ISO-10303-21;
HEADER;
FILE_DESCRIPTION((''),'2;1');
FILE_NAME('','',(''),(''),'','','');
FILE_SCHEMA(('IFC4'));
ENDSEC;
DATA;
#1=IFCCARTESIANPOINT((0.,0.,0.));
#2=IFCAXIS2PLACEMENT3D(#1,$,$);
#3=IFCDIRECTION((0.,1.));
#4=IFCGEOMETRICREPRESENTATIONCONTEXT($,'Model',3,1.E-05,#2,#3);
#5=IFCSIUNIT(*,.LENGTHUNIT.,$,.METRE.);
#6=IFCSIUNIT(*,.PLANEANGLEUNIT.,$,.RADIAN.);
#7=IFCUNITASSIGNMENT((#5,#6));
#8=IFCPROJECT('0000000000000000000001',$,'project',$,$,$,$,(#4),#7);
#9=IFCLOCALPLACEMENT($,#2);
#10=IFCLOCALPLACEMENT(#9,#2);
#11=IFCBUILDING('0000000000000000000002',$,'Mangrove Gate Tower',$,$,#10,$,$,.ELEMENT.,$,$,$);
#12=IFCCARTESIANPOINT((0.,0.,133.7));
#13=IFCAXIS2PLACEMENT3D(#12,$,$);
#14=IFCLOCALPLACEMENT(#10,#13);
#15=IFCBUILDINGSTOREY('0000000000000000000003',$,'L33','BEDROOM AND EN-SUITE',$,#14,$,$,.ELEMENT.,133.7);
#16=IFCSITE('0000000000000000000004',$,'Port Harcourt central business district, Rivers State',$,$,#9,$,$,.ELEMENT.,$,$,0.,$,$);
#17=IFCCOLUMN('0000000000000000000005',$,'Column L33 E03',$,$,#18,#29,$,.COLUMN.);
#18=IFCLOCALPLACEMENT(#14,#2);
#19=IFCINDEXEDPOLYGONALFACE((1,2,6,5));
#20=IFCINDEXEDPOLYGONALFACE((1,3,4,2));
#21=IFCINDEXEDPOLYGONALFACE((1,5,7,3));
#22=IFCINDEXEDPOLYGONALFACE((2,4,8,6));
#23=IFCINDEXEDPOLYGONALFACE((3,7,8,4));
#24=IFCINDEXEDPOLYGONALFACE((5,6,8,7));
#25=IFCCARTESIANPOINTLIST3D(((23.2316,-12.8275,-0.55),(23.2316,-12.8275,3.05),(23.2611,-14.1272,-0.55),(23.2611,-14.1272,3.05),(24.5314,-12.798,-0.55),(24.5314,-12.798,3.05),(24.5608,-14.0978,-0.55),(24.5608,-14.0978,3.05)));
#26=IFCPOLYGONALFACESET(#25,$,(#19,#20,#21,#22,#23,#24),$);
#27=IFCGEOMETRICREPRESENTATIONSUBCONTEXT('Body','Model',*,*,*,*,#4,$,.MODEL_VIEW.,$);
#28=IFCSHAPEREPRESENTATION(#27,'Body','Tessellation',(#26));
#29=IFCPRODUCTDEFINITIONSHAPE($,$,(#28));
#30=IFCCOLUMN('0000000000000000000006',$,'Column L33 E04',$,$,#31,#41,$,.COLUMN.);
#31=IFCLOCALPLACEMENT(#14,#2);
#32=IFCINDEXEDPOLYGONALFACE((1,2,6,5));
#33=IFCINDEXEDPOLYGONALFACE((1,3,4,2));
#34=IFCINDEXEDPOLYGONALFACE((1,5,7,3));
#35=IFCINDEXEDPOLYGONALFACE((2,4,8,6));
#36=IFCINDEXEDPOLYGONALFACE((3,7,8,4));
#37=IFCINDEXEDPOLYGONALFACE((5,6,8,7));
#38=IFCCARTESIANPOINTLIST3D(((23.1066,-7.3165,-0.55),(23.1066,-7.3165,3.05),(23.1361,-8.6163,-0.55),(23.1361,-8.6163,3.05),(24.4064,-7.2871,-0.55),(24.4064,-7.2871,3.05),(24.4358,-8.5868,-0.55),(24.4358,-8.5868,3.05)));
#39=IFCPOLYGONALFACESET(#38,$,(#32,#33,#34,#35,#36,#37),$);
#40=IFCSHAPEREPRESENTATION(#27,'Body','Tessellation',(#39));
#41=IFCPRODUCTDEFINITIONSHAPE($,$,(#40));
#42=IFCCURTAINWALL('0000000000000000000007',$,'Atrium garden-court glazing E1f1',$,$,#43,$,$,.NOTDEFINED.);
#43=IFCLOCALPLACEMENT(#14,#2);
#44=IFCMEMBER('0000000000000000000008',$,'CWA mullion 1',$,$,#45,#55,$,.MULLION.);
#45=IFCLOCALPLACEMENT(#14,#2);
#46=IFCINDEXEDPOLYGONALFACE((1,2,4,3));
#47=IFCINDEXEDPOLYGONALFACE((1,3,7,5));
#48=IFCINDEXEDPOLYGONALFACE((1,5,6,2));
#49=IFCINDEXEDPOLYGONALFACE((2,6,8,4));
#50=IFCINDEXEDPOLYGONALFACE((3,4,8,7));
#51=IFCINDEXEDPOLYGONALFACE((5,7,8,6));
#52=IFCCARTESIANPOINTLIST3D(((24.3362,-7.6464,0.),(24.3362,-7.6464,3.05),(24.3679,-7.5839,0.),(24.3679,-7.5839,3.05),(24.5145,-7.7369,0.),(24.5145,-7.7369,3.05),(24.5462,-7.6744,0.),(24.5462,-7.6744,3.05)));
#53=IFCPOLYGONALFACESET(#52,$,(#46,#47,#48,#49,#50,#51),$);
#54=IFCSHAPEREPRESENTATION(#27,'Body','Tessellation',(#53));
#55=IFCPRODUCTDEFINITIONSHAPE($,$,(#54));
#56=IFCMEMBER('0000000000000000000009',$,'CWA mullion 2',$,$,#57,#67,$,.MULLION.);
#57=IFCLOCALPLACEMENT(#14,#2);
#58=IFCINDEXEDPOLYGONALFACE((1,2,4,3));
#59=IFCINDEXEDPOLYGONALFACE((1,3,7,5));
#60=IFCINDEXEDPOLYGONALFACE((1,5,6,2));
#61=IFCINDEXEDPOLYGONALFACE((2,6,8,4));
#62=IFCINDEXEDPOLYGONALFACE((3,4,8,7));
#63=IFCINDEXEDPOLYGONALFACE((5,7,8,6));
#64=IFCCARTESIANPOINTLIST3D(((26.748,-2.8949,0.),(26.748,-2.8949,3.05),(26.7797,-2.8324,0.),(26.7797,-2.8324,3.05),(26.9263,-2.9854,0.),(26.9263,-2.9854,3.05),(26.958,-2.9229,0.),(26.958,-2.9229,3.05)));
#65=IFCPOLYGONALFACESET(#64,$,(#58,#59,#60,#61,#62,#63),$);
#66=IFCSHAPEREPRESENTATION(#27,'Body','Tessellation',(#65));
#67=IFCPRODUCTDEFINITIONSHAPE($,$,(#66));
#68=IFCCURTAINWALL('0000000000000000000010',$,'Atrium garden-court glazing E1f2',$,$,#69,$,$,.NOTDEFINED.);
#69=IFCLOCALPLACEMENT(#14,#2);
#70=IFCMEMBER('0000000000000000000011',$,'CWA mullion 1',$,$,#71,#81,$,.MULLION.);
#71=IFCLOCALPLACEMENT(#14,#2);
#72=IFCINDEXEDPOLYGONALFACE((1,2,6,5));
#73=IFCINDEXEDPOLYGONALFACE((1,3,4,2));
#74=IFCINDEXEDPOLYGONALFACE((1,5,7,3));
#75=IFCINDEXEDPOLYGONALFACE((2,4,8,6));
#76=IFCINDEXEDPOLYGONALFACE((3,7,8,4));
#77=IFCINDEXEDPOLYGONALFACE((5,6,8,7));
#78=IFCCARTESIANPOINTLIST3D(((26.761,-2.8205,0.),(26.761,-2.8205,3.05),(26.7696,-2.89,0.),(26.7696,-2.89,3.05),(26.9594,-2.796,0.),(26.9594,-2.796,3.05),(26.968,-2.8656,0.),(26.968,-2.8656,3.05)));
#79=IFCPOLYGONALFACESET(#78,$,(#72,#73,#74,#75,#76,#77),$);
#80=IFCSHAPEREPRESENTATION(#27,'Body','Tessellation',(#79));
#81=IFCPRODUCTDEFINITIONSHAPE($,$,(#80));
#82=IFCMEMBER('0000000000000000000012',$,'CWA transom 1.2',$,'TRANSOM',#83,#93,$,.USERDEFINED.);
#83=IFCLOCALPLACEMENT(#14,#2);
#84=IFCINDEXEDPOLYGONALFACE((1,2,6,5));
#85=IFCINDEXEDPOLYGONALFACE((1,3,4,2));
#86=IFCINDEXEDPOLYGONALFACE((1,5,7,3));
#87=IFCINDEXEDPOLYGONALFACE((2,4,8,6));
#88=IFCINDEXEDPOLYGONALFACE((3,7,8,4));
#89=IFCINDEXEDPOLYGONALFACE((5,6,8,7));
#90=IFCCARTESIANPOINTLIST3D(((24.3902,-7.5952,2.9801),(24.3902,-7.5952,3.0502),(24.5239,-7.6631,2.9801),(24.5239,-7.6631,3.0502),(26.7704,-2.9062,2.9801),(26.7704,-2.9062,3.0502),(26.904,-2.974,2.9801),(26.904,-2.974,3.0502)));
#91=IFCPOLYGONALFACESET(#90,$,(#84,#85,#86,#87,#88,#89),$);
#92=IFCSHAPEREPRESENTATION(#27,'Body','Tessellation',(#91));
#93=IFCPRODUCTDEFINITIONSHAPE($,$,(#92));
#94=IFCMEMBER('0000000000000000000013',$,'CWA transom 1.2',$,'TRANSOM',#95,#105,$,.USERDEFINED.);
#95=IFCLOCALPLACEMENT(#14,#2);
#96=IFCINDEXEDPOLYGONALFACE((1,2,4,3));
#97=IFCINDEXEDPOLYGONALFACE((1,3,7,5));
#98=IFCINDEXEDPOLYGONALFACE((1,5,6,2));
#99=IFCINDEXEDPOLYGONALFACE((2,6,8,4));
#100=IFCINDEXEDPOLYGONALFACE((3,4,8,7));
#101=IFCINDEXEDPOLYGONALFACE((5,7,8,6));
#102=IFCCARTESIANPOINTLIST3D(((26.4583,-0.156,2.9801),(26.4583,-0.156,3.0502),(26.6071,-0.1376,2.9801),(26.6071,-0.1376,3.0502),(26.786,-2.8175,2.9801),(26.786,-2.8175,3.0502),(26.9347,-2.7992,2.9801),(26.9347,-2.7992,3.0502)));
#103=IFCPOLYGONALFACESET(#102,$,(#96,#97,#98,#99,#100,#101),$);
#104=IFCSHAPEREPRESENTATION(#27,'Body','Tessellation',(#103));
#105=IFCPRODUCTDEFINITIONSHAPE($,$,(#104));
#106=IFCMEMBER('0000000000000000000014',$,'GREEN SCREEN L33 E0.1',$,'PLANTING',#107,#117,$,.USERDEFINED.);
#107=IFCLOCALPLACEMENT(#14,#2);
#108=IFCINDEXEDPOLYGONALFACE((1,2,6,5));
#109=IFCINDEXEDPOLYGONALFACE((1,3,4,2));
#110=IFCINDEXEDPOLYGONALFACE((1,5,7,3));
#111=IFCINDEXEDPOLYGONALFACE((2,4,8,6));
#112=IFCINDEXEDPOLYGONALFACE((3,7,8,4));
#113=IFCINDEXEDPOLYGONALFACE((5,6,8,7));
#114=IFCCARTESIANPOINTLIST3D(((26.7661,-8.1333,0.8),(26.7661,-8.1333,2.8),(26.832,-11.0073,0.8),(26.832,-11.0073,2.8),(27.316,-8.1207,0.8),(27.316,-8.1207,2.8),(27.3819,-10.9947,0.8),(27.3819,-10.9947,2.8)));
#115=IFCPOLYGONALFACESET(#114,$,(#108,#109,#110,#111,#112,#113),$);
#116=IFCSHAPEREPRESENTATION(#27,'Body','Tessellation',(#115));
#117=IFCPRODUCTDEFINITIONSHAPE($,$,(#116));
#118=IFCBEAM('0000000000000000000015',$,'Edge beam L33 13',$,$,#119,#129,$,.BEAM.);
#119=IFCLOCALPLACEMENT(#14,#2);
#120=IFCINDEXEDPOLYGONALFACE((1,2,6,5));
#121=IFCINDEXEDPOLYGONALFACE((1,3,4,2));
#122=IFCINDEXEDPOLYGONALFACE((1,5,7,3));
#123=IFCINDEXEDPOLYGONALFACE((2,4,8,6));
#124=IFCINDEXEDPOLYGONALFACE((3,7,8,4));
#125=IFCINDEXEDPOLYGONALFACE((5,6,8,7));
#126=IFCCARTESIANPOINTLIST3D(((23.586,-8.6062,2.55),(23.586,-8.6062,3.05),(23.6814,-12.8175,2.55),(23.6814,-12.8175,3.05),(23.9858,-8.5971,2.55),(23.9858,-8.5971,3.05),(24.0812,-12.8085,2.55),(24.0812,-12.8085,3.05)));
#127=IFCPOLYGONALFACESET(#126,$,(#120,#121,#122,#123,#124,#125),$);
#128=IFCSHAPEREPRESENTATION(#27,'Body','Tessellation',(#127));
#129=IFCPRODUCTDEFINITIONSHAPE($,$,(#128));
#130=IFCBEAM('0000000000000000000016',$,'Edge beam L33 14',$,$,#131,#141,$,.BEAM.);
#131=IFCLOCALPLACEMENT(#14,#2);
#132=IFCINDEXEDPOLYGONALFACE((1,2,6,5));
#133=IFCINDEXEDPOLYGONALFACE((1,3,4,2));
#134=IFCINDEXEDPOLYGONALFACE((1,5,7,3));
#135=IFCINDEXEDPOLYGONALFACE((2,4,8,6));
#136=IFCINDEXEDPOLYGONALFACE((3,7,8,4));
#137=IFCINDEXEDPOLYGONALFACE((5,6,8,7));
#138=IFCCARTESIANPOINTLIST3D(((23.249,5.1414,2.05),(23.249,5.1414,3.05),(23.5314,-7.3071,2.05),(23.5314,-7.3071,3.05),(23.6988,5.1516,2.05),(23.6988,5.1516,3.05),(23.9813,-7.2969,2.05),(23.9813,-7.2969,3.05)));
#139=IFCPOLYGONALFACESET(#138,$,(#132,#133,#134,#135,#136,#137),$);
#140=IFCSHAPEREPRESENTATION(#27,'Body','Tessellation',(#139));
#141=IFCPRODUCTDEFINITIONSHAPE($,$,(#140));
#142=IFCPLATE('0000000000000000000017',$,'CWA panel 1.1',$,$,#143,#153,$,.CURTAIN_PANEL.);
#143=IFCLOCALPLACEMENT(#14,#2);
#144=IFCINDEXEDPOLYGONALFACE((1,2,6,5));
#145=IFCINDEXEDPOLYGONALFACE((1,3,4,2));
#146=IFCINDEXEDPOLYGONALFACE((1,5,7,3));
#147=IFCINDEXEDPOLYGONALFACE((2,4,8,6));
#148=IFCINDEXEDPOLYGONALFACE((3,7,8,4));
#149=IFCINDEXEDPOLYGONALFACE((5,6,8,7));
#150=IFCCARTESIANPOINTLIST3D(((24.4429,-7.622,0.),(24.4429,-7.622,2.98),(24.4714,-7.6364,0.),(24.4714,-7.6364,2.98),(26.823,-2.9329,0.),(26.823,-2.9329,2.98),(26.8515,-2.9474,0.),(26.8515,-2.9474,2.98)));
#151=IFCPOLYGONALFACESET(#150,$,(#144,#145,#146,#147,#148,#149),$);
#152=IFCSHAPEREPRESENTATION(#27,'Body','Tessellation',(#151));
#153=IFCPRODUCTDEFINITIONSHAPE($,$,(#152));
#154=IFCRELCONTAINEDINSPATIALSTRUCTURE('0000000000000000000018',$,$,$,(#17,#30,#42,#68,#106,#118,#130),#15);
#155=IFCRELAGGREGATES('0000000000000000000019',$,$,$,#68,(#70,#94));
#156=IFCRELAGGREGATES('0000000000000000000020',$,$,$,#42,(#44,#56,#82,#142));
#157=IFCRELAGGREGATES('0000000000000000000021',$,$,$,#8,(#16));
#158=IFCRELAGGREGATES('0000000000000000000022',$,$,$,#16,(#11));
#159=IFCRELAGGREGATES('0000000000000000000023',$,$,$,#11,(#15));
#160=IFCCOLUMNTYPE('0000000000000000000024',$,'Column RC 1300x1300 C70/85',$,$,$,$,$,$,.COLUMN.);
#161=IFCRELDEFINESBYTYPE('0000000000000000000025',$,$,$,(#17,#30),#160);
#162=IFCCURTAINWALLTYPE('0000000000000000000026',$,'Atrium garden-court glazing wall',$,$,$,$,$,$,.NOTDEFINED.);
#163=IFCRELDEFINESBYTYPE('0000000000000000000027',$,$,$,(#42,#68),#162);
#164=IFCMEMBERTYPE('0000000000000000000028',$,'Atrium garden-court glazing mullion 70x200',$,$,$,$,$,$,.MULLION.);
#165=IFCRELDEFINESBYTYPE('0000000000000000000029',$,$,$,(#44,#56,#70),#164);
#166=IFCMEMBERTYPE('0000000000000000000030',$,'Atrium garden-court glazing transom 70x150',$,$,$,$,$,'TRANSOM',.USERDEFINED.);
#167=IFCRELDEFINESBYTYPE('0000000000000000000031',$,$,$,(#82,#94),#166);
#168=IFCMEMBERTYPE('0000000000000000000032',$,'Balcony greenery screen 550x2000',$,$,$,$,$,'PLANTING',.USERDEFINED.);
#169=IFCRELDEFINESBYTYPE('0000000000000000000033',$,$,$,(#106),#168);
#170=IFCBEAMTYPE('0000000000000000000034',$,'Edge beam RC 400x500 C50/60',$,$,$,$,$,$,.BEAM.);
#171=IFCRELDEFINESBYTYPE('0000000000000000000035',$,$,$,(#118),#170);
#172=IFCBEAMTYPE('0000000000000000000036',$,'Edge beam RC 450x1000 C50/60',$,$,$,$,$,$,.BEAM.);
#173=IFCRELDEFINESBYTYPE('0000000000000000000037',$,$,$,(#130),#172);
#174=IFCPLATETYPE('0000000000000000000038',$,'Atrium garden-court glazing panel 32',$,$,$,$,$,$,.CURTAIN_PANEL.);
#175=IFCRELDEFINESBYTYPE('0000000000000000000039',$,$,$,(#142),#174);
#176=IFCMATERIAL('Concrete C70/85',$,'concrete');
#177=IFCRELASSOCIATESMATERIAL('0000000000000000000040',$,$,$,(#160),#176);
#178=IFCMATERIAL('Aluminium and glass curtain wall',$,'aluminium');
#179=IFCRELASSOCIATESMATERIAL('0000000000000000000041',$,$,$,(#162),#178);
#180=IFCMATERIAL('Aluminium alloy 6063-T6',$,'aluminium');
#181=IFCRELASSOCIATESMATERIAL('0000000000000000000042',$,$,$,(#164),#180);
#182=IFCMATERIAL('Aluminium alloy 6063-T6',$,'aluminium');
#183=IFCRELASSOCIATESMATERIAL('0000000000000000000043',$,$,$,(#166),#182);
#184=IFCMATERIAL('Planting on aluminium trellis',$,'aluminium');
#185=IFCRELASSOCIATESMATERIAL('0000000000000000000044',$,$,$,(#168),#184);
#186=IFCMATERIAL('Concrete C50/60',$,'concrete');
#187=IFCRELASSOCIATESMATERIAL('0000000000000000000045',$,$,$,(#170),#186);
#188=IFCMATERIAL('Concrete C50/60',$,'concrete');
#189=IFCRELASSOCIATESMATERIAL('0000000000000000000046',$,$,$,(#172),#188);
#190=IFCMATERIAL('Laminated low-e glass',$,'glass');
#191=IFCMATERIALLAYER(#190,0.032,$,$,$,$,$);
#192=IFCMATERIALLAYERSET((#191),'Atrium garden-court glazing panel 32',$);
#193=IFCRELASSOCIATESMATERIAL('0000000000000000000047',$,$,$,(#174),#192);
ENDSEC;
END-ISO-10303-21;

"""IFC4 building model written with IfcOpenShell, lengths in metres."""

from ifc_helpers import new_model, si_unit, direction, frame, origin, origin_2d, place, context, subcontext, project, spatial, rectangle, extrude, material, layer, layer_set, material_profile, profile_set, type_object, element, aggregate, save


model = new_model("IFC4")

# Units and contexts
model_context = context("Model", 3, precision=1e-05, world=origin(), true_north=direction((0.0, 1.0)))
body_context = subcontext(model_context, "Body", "Model", "MODEL_VIEW")
ifc_project = project(units=[si_unit("LENGTHUNIT", "METRE"), si_unit("PLANEANGLEUNIT", "RADIAN")], contexts=[model_context])

# Site, building, storey
site_placement = place(None, origin())
site = spatial("IfcSite", under=ifc_project, at=site_placement, Name="Port Harcourt central business district, Rivers State", CompositionType="ELEMENT", RefElevation=0.0)
building_placement = place(site_placement, origin())
building = spatial("IfcBuilding", under=site, at=building_placement, Name="Mangrove Gate Tower", CompositionType="ELEMENT")
storey_placement = place(building_placement, frame((0.0, 0.0, 133.7)))
storey = spatial("IfcBuildingStorey", under=building, at=storey_placement, Name="L33", Description="BEDROOM AND EN-SUITE", CompositionType="ELEMENT", Elevation=133.7)

# Columns
ifc_material_1 = material(Name="Concrete C70/85", Category="concrete")
ifc_material_profile_1 = material_profile(ifc_material_1, rectangle(XDim=1.3, YDim=1.3, at=origin_2d()))
ifc_profile_set_1 = profile_set([ifc_material_profile_1], Name="Concrete C70/85")
column_type = type_object("IfcColumnType", Name="Column RC 1300x1300 C70/85", PredefinedType="COLUMN", material=ifc_profile_set_1)
for number, where, z_axis, x_axis, name in (
    (1, (23.8962, -13.4626, -0.55), (0.0, 0.0, 1.0), (-0.022678, 0.999743, 0.0), "Column L33 E03"),
    (2, (23.7712, -7.9517, -0.55), (0.0, 0.0, 1.0), (-0.022685, 0.999743, 0.0), "Column L33 E04"),
):
    element("IfcColumn", number, at=place(storey_placement, frame(where, z_axis=z_axis, x_axis=x_axis)), inside=storey, type_object=column_type, Name=name, PredefinedType="COLUMN", context=body_context, shape_type="SweptSolid", body=[
        extrude(rectangle(XDim=1.3, YDim=1.3, at=origin_2d()), origin(), (0.0, 0.0, 1.0), 3.6001),
    ])

# Curtain wall, members
ifc_material_2 = material(Name="Aluminium and glass curtain wall", Category="aluminium")
curtain_wall_type = type_object("IfcCurtainWallType", Name="Atrium garden-court glazing wall", PredefinedType="NOTDEFINED", material=ifc_material_2)
curtain_wall_1_placement = place(storey_placement, origin())
curtain_wall_1 = element("IfcCurtainWall", 3, at=curtain_wall_1_placement, inside=storey, type_object=curtain_wall_type, Name="Atrium garden-court glazing E1f1", PredefinedType="NOTDEFINED")
ifc_material_3 = material(Name="Aluminium alloy 6063-T6", Category="aluminium")
ifc_material_profile_2 = material_profile(ifc_material_3, rectangle(XDim=0.0701, YDim=0.2, at=origin_2d()))
ifc_profile_set_2 = profile_set([ifc_material_profile_2], Name="Aluminium alloy 6063-T6")
member_type_1 = type_object("IfcMemberType", Name="Atrium garden-court glazing mullion 70x200", PredefinedType="MULLION", material=ifc_profile_set_2)
member_1_placement = place(storey_placement, frame((24.4412, -7.6604, 0.0), z_axis=(0.0, 0.0, 1.0), x_axis=(0.452615, 0.891706, 0.0)))
member_1 = element("IfcMember", 4, at=member_1_placement, type_object=member_type_1, Name="CWA mullion 1", PredefinedType="MULLION", context=body_context, shape_type="SweptSolid", body=[
    extrude(rectangle(XDim=0.0701, YDim=0.2, at=origin_2d()), origin(), (0.0, 0.0, 1.0), 3.05),
])
member_2_placement = place(storey_placement, frame((26.853, -2.9089, 0.0), z_axis=(0.0, 0.0, 1.0), x_axis=(0.452615, 0.891706, 0.0)))
member_2 = element("IfcMember", 5, at=member_2_placement, type_object=member_type_1, Name="CWA mullion 2", PredefinedType="MULLION", context=body_context, shape_type="SweptSolid", body=[
    extrude(rectangle(XDim=0.0701, YDim=0.2, at=origin_2d()), origin(), (0.0, 0.0, 1.0), 3.05),
])

# Curtain wall, member
curtain_wall_2_placement = place(storey_placement, origin())
curtain_wall_2 = element("IfcCurtainWall", 6, at=curtain_wall_2_placement, inside=storey, type_object=curtain_wall_type, Name="Atrium garden-court glazing E1f2", PredefinedType="NOTDEFINED")
member_3_placement = place(storey_placement, frame((26.8645, -2.843, 0.0), z_axis=(0.0, 0.0, 1.0), x_axis=(-0.122172, 0.992509, 0.0)))
member_3 = element("IfcMember", 7, at=member_3_placement, type_object=member_type_1, Name="CWA mullion 1", PredefinedType="MULLION", context=body_context, shape_type="SweptSolid", body=[
    extrude(rectangle(XDim=0.0701, YDim=0.2, at=origin_2d()), origin(), (0.0, 0.0, 1.0), 3.05),
])

# Members
ifc_material_4 = material(Name="Aluminium alloy 6063-T6", Category="aluminium")
ifc_material_profile_3 = material_profile(ifc_material_4, rectangle(XDim=0.0701, YDim=0.1499, at=origin_2d()))
ifc_profile_set_3 = profile_set([ifc_material_profile_3], Name="Aluminium alloy 6063-T6")
member_type_2 = type_object("IfcMemberType", Name="Atrium garden-court glazing transom 70x150", ElementType="TRANSOM", PredefinedType="USERDEFINED", material=ifc_profile_set_3)
member_4_placement = place(storey_placement, frame((24.457, -7.6292, 3.0151), z_axis=(0.452628, 0.891699, 0.0), x_axis=(0.0, 0.0, 1.0)))
member_4 = element("IfcMember", 8, at=member_4_placement, type_object=member_type_2, Name="CWA transom 1.2", ObjectType="TRANSOM", PredefinedType="USERDEFINED", context=body_context, shape_type="SweptSolid", body=[
    extrude(rectangle(XDim=0.0701, YDim=0.1499, at=origin_2d()), origin(), (0.0, 0.0, 1.0), 5.2585),
])
member_5_placement = place(storey_placement, frame((26.8604, -2.8083, 3.0151), z_axis=(-0.122175, 0.992509, 0.0), x_axis=(0.0, 0.0, 1.0)))
member_5 = element("IfcMember", 9, at=member_5_placement, type_object=member_type_2, Name="CWA transom 1.2", ObjectType="TRANSOM", PredefinedType="USERDEFINED", context=body_context, shape_type="SweptSolid", body=[
    extrude(rectangle(XDim=0.0701, YDim=0.1499, at=origin_2d()), origin(), (0.0, 0.0, 1.0), 2.6816),
])
aggregate(curtain_wall_2, [member_3, member_5])
ifc_material_5 = material(Name="Planting on aluminium trellis", Category="aluminium")
ifc_material_profile_4 = material_profile(ifc_material_5, rectangle(XDim=0.55, YDim=2.0, at=origin_2d()))
ifc_profile_set_4 = profile_set([ifc_material_profile_4], Name="Planting on aluminium trellis")
member_type_3 = type_object("IfcMemberType", Name="Balcony greenery screen 550x2000", ElementType="PLANTING", PredefinedType="USERDEFINED", material=ifc_profile_set_4)
member_6_placement = place(storey_placement, frame((27.1069, -11.001, 1.8), z_axis=(-0.02293, 0.999737, 0.0), x_axis=(-0.999737, -0.02293, 0.0)))
element("IfcMember", 10, at=member_6_placement, inside=storey, type_object=member_type_3, Name="GREEN SCREEN L33 E0.1", ObjectType="PLANTING", PredefinedType="USERDEFINED", context=body_context, shape_type="SweptSolid", body=[
    extrude(rectangle(XDim=0.55, YDim=2.0, at=origin_2d()), origin(), (0.0, 0.0, 1.0), 2.8748),
])

# Beams
ifc_material_6 = material(Name="Concrete C50/60", Category="concrete")
ifc_material_profile_5 = material_profile(ifc_material_6, rectangle(XDim=0.3999, YDim=0.5, at=origin_2d()))
ifc_profile_set_5 = profile_set([ifc_material_profile_5], Name="Concrete C50/60")
beam_type_1 = type_object("IfcBeamType", Name="Edge beam RC 400x500 C50/60", PredefinedType="BEAM", material=ifc_profile_set_5)
beam_1_placement = place(storey_placement, frame((23.8813, -12.813, 2.8), z_axis=(-0.022661, 0.999743, 0.0), x_axis=(-0.999743, -0.022661, 0.0)))
element("IfcBeam", 11, at=beam_1_placement, inside=storey, type_object=beam_type_1, Name="Edge beam L33 13", PredefinedType="BEAM", context=body_context, shape_type="SweptSolid", body=[
    extrude(rectangle(XDim=0.3999, YDim=0.5, at=origin_2d()), origin(), (0.0, 0.0, 1.0), 4.2124),
])
ifc_material_7 = material(Name="Concrete C50/60", Category="concrete")
ifc_material_profile_6 = material_profile(ifc_material_7, rectangle(XDim=0.45, YDim=1.0, at=origin_2d()))
ifc_profile_set_6 = profile_set([ifc_material_profile_6], Name="Concrete C50/60")
beam_type_2 = type_object("IfcBeamType", Name="Edge beam RC 450x1000 C50/60", PredefinedType="BEAM", material=ifc_profile_set_6)
beam_2_placement = place(storey_placement, frame((23.7563, -7.302, 2.55), z_axis=(-0.022685, 0.999743, 0.0), x_axis=(-0.999743, -0.022685, 0.0)))
element("IfcBeam", 12, at=beam_2_placement, inside=storey, type_object=beam_type_2, Name="Edge beam L33 14", PredefinedType="BEAM", context=body_context, shape_type="SweptSolid", body=[
    extrude(rectangle(XDim=0.45, YDim=1.0, at=origin_2d()), origin(), (0.0, 0.0, 1.0), 12.4517),
])

# Plate
ifc_material_8 = material(Name="Laminated low-e glass", Category="glass")
ifc_layer_1 = layer(ifc_material_8, 0.032)
ifc_layer_set_1 = layer_set([ifc_layer_1], Name="Atrium garden-court glazing panel 32")
plate_type = type_object("IfcPlateType", Name="Atrium garden-court glazing panel 32", PredefinedType="CURTAIN_PANEL", material=ifc_layer_set_1)
plate_placement = place(storey_placement, frame((25.6472, -5.2847, 0.0), z_axis=(0.0, 0.0, 1.0), x_axis=(0.452615, 0.891706, 0.0)))
plate = element("IfcPlate", 13, at=plate_placement, type_object=plate_type, Name="CWA panel 1.1", PredefinedType="CURTAIN_PANEL", context=body_context, shape_type="SweptSolid", body=[
    extrude(rectangle(XDim=5.2585, YDim=0.032, at=origin_2d()), origin(), (0.0, 0.0, 1.0), 2.98),
])
aggregate(curtain_wall_1, [member_1, member_2, member_4, plate])

save(model, "model.ifc")
